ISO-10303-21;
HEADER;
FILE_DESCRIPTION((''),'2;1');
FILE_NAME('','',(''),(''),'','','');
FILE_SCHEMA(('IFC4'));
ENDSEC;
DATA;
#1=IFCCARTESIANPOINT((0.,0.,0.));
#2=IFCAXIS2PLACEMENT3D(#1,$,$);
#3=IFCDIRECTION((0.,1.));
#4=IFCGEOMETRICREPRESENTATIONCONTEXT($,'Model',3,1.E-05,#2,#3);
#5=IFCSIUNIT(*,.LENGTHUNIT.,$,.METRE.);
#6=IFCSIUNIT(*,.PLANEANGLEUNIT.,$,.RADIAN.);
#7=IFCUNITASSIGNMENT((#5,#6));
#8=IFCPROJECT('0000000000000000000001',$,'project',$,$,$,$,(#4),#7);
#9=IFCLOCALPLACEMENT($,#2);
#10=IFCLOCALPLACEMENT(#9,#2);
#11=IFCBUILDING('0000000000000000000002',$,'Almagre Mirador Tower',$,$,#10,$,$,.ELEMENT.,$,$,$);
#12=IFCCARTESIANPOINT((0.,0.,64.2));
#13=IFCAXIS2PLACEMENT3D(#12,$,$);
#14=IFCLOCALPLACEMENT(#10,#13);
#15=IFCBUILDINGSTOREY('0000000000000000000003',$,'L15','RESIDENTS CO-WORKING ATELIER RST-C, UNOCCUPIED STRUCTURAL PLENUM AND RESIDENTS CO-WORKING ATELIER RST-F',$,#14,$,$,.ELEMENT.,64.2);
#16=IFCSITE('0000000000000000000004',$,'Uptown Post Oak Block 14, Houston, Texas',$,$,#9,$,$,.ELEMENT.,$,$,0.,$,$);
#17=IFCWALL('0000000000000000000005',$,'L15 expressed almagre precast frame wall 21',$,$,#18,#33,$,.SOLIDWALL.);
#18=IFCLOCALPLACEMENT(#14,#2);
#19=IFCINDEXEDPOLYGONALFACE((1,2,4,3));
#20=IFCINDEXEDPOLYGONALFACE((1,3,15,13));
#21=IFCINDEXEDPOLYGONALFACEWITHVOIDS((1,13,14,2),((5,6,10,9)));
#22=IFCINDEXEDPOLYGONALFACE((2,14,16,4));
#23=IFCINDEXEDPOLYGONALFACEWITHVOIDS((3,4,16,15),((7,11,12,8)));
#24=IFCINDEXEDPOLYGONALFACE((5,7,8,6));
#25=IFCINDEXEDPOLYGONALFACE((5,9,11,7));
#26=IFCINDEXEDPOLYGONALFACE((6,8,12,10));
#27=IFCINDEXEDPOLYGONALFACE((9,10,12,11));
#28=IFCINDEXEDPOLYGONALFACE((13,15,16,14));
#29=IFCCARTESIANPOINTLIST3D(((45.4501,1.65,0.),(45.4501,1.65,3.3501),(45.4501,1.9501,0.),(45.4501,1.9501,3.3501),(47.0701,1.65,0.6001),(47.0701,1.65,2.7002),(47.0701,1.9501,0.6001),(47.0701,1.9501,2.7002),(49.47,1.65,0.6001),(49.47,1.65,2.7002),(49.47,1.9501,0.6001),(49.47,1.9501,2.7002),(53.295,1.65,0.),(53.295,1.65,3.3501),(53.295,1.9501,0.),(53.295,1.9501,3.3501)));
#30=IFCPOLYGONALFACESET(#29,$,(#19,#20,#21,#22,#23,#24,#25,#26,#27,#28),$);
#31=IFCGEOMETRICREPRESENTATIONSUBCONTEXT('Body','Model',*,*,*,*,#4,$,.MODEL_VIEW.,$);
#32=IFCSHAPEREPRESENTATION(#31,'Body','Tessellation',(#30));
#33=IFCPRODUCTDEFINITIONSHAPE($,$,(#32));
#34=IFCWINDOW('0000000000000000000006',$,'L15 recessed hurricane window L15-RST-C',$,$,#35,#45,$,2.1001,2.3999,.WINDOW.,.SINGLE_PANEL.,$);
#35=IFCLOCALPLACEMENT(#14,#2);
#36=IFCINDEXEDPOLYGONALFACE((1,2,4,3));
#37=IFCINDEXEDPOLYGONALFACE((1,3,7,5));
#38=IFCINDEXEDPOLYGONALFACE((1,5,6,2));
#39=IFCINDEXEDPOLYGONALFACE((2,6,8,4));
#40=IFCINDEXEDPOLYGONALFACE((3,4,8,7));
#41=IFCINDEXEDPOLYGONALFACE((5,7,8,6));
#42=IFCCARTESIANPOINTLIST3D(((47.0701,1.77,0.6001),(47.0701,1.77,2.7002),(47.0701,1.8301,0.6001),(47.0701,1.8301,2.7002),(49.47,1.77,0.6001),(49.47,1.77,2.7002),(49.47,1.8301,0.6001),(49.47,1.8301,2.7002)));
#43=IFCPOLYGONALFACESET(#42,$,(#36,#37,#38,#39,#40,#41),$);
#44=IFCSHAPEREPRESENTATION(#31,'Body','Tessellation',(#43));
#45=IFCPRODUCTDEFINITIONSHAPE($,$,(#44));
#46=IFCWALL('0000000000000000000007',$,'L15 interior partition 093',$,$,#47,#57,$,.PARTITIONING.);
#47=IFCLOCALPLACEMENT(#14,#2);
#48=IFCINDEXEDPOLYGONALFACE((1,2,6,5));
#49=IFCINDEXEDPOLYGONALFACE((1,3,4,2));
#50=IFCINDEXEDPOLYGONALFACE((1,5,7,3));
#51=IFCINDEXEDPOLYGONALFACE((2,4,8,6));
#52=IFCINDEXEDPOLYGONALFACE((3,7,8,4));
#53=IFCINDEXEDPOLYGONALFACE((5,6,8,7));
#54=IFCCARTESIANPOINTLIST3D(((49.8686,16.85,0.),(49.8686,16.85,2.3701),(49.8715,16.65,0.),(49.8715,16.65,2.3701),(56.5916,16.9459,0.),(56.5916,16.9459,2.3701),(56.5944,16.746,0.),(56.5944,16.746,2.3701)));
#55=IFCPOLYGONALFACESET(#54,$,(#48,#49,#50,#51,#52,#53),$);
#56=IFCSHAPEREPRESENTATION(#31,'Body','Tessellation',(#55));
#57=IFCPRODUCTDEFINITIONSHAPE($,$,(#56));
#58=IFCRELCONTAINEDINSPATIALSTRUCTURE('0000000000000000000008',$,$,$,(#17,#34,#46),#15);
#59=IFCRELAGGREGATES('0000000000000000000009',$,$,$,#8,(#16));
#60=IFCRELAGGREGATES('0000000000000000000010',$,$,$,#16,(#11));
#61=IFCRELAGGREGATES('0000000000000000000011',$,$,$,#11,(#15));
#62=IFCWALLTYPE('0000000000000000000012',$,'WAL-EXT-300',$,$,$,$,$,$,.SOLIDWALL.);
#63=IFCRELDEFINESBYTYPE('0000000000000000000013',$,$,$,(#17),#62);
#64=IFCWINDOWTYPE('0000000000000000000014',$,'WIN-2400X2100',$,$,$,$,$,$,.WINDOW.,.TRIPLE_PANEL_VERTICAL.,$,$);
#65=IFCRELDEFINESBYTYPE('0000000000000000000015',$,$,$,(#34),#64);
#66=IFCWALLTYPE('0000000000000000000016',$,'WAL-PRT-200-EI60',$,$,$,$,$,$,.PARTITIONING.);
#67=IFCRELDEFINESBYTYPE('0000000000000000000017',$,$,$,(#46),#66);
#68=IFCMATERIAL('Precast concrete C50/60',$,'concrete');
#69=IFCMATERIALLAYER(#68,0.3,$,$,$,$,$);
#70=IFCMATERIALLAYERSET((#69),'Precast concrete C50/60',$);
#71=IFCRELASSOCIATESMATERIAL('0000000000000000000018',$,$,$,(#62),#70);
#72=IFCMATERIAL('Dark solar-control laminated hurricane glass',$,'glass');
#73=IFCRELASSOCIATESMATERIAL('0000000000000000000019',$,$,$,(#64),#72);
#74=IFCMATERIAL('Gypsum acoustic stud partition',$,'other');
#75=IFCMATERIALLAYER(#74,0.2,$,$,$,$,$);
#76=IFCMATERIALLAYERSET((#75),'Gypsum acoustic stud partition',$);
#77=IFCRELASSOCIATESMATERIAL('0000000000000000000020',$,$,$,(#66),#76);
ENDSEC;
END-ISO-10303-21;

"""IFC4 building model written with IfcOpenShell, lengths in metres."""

from ifc_helpers import new_model, si_unit, direction, frame, frame_2d, origin, place, context, subcontext, project, spatial, rectangle, extrude, material, layer, layer_set, type_object, element, fill, save


model = new_model("IFC4")

# Units and contexts
model_context = context("Model", 3, precision=1e-05, world=origin(), true_north=direction((0.0, 1.0)))
body_context = subcontext(model_context, "Body", "Model", "MODEL_VIEW")
ifc_project = project(units=[si_unit("LENGTHUNIT", "METRE"), si_unit("PLANEANGLEUNIT", "RADIAN")], contexts=[model_context])

# Site, building, storey
site_placement = place(None, origin())
site = spatial("IfcSite", under=ifc_project, at=site_placement, Name="Uptown Post Oak Block 14, Houston, Texas", CompositionType="ELEMENT", RefElevation=0.0)
building_placement = place(site_placement, origin())
building = spatial("IfcBuilding", under=site, at=building_placement, Name="Almagre Mirador Tower", CompositionType="ELEMENT")
storey_placement = place(building_placement, frame((0.0, 0.0, 64.2)))
storey = spatial("IfcBuildingStorey", under=building, at=storey_placement, Name="L15", Description="RESIDENTS CO-WORKING ATELIER RST-C, UNOCCUPIED STRUCTURAL PLENUM AND RESIDENTS CO-WORKING ATELIER RST-F", CompositionType="ELEMENT", Elevation=64.2)

# Shared definitions
ifc_material_1 = material(Name="Precast concrete C50/60", Category="concrete")
ifc_layer_1 = layer(ifc_material_1, 0.3)
ifc_layer_set_1 = layer_set([ifc_layer_1], Name="Precast concrete C50/60")
wall_type_1 = type_object("IfcWallType", Name="WAL-EXT-300", PredefinedType="SOLIDWALL", material=ifc_layer_set_1)
ifc_material_2 = material(Name="Dark solar-control laminated hurricane glass", Category="glass")
window_type_1 = type_object("IfcWindowType", Name="WIN-2400X2100", PartitioningType="TRIPLE_PANEL_VERTICAL", PredefinedType="WINDOW", material=ifc_material_2)

# Wall, opening, window
wall_1_placement = place(storey_placement, frame((53.2949, 1.8, 0.0), z_axis=(0.0, 0.0, 1.0), x_axis=(-1.0, 0.0, 0.0)))
wall_1 = element("IfcWall", 1, at=wall_1_placement, inside=storey, type_object=wall_type_1, Name="L15 expressed almagre precast frame wall 21", PredefinedType="SOLIDWALL", context=body_context, shape_type="SweptSolid", body=[
    extrude(rectangle(XDim=7.845, YDim=0.3, at=frame_2d((3.9224, 0.0))), origin(), (0.0, 0.0, 1.0), 3.3501),
])
opening_1_placement = place(wall_1_placement, frame((3.825, 0.0, 0.6001)))
opening_1 = element("IfcOpeningElement", 2, at=opening_1_placement, cuts=wall_1, PredefinedType="OPENING", context=body_context, shape_type="SweptSolid", body=[
    extrude(rectangle(XDim=2.3999, YDim=2.1001, at=frame_2d((1.2, 1.05))), frame((0.0, 0.1599, 0.0), z_axis=(0.0, -1.0, 0.0), x_axis=(1.0, 0.0, 0.0)), (0.0, 0.0, 1.0), 0.32),
])
window_1_placement = place(opening_1_placement, origin())
window_1 = element("IfcWindow", 3, at=window_1_placement, inside=storey, type_object=window_type_1, Name="L15 recessed hurricane window L15-RST-C", OverallHeight=2.1001, OverallWidth=2.3999, PartitioningType="SINGLE_PANEL", PredefinedType="WINDOW", context=body_context, shape_type="SweptSolid", body=[
    extrude(rectangle(XDim=2.3999, YDim=2.1001, at=frame_2d((1.2, 1.05))), frame((0.0, 0.03, 0.0), z_axis=(0.0, -1.0, 0.0), x_axis=(1.0, 0.0, 0.0)), (0.0, 0.0, 1.0), 0.0601),
])
fill(opening_1, window_1)

# Wall
ifc_material_3 = material(Name="Gypsum acoustic stud partition", Category="other")
ifc_layer_2 = layer(ifc_material_3, 0.2)
ifc_layer_set_2 = layer_set([ifc_layer_2], Name="Gypsum acoustic stud partition")
wall_type_2 = type_object("IfcWallType", Name="WAL-PRT-200-EI60", PredefinedType="PARTITIONING", material=ifc_layer_set_2)
wall_2_placement = place(storey_placement, frame((56.593, 16.8459, 0.0), z_axis=(0.0, 0.0, 1.0), x_axis=(-0.999898, -0.01427, 0.0)))
element("IfcWall", 4, at=wall_2_placement, inside=storey, type_object=wall_type_2, Name="L15 interior partition 093", PredefinedType="PARTITIONING", context=body_context, shape_type="SweptSolid", body=[
    extrude(rectangle(XDim=6.7236, YDim=0.2, at=frame_2d((3.3618, 0.0))), origin(), (0.0, 0.0, 1.0), 2.3701),
])

save(model, "model.ifc")
